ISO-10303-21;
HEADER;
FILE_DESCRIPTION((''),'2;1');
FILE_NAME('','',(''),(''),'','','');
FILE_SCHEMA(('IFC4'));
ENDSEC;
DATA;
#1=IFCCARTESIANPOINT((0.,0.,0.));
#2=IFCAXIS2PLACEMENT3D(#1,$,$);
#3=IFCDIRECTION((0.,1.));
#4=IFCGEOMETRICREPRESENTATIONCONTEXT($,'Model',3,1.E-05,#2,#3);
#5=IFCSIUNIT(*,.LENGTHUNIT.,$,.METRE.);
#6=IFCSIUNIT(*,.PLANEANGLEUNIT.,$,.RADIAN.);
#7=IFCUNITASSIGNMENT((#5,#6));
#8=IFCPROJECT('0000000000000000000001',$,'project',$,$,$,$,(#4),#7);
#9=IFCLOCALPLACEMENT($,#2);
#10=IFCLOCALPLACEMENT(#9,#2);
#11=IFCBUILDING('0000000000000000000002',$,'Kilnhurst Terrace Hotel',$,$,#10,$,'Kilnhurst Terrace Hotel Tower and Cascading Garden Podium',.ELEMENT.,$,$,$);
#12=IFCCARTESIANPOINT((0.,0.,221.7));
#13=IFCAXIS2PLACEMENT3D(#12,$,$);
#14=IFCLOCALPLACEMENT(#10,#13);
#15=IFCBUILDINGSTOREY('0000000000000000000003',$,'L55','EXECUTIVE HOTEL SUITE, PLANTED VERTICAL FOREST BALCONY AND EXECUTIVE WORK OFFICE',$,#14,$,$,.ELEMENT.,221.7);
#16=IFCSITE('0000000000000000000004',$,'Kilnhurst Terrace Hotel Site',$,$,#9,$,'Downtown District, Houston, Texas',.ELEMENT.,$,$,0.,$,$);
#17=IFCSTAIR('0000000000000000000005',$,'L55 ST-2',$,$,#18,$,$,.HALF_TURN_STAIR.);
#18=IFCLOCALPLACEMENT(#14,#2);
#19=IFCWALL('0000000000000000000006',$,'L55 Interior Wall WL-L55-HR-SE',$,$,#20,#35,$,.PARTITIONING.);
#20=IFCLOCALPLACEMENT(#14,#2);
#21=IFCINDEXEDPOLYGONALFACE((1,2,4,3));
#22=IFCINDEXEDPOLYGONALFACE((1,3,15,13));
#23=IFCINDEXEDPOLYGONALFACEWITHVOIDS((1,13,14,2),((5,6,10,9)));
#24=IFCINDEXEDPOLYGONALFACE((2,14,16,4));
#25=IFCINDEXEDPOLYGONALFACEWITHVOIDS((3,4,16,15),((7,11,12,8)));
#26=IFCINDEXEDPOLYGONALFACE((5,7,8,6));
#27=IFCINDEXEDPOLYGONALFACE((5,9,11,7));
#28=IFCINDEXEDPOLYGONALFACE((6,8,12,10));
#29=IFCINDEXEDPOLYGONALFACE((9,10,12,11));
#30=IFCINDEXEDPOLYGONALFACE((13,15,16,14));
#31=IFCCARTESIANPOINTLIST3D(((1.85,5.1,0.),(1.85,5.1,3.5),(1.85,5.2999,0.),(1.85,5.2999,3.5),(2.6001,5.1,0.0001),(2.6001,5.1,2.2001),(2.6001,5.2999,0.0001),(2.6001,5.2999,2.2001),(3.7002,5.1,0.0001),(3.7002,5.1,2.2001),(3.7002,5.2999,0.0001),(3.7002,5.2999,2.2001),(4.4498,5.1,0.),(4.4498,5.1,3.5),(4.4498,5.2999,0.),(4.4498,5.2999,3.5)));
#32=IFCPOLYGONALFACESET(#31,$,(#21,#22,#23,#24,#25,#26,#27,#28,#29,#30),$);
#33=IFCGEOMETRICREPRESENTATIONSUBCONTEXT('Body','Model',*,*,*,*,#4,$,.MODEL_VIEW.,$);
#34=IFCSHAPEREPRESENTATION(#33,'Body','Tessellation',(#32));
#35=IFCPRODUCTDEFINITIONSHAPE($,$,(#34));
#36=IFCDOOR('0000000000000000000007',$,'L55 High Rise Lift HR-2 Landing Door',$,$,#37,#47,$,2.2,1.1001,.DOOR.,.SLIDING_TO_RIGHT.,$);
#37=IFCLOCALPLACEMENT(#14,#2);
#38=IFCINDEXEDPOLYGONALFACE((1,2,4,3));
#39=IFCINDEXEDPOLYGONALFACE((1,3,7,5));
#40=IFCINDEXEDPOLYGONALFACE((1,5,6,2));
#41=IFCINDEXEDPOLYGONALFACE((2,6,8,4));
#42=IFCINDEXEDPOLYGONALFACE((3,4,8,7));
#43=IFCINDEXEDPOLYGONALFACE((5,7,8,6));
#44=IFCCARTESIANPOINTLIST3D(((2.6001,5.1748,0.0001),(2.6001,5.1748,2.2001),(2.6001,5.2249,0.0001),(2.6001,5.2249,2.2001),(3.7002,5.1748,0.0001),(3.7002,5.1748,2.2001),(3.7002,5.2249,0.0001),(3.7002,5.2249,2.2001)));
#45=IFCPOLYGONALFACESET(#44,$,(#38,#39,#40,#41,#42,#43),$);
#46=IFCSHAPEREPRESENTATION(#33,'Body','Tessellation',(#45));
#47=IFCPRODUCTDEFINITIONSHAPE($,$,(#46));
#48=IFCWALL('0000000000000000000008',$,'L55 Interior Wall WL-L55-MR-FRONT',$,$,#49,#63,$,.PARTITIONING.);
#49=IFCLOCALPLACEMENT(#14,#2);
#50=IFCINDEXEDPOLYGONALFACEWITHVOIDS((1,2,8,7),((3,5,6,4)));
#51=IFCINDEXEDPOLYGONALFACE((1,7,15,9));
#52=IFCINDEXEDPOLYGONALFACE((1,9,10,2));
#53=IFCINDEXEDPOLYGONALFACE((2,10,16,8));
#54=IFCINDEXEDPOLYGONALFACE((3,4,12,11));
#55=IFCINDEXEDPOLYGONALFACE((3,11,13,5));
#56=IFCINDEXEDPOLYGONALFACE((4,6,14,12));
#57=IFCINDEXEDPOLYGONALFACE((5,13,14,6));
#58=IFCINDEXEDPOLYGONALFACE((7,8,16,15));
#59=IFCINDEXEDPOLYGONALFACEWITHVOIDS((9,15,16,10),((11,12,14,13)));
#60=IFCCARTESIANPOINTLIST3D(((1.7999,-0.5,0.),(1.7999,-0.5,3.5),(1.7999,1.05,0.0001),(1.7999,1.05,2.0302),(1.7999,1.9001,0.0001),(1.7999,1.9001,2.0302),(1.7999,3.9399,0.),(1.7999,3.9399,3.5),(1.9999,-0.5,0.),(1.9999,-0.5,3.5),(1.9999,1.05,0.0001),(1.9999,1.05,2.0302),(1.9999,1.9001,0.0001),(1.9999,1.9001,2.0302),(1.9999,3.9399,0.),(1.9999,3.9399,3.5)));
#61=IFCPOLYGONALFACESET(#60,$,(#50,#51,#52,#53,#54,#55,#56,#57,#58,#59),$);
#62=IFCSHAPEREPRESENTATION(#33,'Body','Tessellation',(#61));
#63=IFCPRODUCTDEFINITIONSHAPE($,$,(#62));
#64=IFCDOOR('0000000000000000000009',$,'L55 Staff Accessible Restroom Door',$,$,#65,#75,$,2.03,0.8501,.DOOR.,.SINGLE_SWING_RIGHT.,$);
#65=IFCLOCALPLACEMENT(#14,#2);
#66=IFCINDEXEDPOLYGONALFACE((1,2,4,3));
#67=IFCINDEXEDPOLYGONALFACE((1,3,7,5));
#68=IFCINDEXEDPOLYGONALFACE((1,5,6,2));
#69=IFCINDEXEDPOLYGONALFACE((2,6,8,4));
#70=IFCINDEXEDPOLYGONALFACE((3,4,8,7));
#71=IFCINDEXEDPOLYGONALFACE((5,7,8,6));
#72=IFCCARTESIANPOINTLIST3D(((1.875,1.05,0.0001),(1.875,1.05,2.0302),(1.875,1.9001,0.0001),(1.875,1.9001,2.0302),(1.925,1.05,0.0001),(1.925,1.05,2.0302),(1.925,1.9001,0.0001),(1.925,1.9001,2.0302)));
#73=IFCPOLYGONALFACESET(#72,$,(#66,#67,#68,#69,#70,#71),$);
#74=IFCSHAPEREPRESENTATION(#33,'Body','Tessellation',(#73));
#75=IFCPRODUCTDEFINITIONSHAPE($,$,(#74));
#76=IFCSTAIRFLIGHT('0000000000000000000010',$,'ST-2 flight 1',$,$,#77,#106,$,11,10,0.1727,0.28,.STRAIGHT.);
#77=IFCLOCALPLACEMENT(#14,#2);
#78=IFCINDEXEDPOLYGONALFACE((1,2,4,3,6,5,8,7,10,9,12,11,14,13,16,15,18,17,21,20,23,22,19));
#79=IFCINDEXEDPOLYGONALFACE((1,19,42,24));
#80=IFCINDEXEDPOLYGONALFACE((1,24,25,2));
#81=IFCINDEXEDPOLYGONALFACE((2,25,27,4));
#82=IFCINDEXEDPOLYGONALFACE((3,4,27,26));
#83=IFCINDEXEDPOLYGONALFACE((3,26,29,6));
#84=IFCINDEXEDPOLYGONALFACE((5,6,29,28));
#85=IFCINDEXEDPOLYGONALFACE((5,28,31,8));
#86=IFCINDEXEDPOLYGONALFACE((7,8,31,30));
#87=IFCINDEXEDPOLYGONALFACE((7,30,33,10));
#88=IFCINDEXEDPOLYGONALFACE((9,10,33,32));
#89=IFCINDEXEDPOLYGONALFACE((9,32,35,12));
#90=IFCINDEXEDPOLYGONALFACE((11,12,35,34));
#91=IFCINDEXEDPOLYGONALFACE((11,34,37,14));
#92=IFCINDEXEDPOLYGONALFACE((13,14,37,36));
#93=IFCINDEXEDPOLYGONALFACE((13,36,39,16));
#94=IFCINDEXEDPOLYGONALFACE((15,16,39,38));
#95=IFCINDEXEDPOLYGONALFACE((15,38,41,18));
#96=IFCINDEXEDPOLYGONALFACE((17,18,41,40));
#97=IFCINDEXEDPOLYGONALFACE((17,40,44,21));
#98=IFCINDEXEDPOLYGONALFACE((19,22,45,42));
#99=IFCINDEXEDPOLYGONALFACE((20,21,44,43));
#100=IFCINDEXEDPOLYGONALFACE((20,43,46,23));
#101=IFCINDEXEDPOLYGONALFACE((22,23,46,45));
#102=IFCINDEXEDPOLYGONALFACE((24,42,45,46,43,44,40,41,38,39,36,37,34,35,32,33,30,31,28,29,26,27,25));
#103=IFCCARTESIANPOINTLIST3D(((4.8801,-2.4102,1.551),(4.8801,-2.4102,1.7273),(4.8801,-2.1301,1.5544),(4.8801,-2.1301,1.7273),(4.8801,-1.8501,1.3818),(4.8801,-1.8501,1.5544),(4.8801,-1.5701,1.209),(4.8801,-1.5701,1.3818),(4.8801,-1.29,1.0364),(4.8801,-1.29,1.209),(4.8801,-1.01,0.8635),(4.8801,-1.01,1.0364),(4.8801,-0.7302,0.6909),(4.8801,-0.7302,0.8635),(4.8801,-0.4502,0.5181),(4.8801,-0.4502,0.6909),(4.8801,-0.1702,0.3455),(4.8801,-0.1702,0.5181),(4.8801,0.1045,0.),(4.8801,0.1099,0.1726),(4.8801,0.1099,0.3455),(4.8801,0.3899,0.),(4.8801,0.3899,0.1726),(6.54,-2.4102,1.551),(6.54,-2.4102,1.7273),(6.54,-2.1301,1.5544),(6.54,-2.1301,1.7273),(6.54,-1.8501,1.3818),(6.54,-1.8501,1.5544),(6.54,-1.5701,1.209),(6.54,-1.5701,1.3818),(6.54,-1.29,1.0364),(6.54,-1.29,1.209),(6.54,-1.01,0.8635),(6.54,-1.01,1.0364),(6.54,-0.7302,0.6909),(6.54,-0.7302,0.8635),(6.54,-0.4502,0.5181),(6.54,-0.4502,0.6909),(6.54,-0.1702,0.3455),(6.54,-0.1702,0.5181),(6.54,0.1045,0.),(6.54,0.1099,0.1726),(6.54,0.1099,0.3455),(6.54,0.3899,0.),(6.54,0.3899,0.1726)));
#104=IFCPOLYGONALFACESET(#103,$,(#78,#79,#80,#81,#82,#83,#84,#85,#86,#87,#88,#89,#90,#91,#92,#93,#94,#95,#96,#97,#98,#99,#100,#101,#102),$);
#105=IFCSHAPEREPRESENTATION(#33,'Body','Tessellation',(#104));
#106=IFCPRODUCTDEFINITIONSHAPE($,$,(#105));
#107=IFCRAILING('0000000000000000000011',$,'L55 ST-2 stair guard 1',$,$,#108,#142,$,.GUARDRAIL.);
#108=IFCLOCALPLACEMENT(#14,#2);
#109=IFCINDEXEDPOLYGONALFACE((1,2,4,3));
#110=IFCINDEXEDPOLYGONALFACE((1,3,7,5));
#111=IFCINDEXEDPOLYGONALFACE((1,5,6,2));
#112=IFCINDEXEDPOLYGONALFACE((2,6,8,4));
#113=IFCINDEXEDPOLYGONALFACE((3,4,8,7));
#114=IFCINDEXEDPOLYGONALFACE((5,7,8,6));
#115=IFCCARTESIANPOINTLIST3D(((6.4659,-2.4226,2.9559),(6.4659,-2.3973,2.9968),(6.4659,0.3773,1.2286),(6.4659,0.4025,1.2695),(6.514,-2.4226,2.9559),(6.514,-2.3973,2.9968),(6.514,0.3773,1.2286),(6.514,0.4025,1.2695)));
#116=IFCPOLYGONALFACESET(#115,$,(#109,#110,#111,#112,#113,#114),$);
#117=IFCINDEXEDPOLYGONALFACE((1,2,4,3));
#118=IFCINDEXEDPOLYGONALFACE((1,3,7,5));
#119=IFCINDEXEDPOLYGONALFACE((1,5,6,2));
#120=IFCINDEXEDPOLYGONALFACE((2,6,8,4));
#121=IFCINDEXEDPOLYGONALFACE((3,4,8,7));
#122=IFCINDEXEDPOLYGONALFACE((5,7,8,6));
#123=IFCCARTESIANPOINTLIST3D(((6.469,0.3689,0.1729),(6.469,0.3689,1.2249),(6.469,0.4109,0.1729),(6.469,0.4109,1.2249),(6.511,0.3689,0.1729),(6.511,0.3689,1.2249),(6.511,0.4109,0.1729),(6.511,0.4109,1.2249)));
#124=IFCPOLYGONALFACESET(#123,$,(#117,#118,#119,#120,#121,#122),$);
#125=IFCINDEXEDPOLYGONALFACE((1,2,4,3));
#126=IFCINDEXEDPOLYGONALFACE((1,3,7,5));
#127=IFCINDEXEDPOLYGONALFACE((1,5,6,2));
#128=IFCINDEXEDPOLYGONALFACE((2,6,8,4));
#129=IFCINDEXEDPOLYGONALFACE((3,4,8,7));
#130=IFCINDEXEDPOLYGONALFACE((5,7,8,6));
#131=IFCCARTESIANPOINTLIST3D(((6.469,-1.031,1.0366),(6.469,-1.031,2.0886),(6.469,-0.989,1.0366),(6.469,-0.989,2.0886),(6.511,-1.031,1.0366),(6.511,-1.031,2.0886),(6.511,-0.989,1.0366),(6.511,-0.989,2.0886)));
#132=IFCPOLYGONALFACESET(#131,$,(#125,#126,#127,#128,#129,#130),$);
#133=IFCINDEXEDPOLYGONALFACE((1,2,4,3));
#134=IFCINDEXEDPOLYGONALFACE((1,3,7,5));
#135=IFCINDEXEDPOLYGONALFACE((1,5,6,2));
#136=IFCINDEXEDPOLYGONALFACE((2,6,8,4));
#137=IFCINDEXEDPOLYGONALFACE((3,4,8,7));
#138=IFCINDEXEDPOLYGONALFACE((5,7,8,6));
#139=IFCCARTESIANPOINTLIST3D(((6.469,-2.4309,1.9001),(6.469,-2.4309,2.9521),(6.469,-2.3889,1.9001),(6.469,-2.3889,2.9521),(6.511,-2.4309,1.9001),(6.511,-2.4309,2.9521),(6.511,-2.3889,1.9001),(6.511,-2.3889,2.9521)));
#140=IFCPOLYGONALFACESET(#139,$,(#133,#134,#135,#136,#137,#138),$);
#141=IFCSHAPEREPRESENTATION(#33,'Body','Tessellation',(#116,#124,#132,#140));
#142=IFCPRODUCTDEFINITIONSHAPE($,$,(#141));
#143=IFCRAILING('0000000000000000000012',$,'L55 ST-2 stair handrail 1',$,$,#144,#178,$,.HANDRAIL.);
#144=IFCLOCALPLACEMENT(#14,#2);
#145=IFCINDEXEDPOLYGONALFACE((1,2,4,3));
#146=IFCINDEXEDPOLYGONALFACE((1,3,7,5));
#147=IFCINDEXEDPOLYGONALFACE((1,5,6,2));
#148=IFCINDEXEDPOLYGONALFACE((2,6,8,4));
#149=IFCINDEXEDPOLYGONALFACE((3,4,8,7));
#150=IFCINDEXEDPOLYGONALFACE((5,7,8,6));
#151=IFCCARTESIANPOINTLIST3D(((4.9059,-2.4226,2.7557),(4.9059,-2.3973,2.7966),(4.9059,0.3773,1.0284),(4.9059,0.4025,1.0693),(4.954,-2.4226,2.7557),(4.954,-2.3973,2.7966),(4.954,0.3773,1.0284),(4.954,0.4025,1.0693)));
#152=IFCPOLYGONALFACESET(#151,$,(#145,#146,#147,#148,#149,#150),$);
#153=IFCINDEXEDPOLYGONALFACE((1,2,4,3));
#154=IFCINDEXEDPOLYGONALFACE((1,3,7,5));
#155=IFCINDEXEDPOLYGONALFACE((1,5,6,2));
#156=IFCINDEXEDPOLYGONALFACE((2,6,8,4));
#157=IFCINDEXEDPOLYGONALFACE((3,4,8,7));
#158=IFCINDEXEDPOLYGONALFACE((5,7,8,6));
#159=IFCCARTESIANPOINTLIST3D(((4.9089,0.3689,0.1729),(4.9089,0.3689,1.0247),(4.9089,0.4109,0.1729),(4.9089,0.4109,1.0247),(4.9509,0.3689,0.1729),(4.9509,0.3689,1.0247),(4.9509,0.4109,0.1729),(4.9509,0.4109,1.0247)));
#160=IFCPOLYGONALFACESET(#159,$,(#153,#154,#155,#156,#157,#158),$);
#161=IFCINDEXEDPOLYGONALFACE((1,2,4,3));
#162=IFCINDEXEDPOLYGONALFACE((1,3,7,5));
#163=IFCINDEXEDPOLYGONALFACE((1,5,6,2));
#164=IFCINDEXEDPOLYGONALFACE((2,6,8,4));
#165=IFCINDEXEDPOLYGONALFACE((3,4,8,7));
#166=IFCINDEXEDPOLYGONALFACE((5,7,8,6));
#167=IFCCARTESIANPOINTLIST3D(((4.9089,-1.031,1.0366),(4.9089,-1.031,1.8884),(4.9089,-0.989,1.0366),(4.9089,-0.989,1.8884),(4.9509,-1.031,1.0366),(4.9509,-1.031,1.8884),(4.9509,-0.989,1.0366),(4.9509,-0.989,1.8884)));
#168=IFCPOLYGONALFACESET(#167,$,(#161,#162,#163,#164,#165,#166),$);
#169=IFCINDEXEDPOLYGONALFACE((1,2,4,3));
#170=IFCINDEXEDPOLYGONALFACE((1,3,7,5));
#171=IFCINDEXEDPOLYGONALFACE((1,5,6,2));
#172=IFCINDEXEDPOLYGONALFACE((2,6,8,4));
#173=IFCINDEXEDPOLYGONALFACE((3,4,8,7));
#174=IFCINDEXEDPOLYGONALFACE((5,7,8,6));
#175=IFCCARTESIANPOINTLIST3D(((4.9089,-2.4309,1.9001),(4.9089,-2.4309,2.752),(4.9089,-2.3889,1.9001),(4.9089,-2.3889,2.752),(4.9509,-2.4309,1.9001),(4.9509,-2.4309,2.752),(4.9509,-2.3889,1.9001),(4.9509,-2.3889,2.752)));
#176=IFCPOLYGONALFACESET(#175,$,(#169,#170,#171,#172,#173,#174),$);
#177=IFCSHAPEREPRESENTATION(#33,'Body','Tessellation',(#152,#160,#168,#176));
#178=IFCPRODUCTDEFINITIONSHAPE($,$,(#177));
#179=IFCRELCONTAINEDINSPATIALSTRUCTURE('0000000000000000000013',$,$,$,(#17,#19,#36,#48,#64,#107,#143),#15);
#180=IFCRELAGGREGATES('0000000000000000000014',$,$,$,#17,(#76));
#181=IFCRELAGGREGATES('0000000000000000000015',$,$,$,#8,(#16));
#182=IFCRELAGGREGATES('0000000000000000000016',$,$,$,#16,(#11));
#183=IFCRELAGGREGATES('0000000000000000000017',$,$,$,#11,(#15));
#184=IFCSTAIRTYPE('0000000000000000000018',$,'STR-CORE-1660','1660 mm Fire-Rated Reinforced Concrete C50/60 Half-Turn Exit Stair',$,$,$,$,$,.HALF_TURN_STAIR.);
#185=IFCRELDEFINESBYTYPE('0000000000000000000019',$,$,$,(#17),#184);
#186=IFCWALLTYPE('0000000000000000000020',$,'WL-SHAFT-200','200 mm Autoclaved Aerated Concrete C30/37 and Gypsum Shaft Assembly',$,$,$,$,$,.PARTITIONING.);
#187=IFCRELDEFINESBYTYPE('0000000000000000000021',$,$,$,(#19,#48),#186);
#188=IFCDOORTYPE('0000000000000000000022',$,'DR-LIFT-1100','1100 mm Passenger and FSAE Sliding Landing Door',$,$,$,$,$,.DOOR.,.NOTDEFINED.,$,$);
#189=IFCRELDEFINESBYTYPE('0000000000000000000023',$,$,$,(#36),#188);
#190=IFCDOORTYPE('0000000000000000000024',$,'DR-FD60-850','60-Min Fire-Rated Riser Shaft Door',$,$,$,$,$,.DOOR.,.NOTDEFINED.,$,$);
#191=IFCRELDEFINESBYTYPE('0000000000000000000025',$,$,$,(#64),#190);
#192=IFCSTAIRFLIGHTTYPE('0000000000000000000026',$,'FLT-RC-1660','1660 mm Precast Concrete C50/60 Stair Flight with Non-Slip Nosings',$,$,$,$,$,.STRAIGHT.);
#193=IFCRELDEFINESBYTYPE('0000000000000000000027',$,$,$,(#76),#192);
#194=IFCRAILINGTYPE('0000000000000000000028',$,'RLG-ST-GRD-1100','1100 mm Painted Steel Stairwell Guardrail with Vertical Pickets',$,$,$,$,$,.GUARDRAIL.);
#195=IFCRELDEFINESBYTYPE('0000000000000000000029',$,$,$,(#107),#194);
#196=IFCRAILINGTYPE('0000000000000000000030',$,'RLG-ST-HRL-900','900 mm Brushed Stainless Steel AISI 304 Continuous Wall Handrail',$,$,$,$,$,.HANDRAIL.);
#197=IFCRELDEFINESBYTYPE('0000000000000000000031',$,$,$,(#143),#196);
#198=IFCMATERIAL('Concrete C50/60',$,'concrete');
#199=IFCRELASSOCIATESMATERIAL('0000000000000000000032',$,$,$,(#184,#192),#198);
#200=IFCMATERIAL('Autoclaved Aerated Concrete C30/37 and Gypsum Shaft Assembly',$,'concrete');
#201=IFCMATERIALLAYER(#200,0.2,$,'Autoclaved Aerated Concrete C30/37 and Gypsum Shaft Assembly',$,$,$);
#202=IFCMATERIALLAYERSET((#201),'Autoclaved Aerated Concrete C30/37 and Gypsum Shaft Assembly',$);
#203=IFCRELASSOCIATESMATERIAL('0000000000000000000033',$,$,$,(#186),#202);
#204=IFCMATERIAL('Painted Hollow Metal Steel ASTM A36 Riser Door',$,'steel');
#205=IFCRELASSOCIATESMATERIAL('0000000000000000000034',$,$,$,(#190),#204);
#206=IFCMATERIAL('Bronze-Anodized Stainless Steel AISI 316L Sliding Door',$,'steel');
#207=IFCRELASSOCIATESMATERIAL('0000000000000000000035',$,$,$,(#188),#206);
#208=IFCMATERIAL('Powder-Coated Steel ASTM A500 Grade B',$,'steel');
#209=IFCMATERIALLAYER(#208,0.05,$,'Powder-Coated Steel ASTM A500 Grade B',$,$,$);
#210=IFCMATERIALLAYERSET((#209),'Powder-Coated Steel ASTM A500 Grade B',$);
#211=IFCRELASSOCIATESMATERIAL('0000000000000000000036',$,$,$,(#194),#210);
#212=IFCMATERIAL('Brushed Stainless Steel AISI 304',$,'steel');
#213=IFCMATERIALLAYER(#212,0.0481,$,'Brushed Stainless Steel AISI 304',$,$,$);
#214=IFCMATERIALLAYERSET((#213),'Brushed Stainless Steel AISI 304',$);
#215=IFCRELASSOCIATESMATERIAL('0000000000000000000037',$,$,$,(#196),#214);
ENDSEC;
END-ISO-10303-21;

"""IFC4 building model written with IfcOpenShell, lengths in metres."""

from ifc_helpers import new_model, si_unit, direction, frame, frame_2d, origin, origin_2d, place, context, subcontext, project, spatial, polyline, rectangle, outline, extrude, material, layer, layer_set, type_object, element, fill, aggregate, save


model = new_model("IFC4")

# Units and contexts
model_context = context("Model", 3, precision=1e-05, world=origin(), true_north=direction((0.0, 1.0)))
body_context = subcontext(model_context, "Body", "Model", "MODEL_VIEW")
ifc_project = project(units=[si_unit("LENGTHUNIT", "METRE"), si_unit("PLANEANGLEUNIT", "RADIAN")], contexts=[model_context])

# Site, building, storey
site_placement = place(None, origin())
site = spatial("IfcSite", under=ifc_project, at=site_placement, Name="Kilnhurst Terrace Hotel Site", LongName="Downtown District, Houston, Texas", CompositionType="ELEMENT", RefElevation=0.0)
building_placement = place(site_placement, origin())
building = spatial("IfcBuilding", under=site, at=building_placement, Name="Kilnhurst Terrace Hotel", LongName="Kilnhurst Terrace Hotel Tower and Cascading Garden Podium", CompositionType="ELEMENT")
storey_placement = place(building_placement, frame((0.0, 0.0, 221.7)))
storey = spatial("IfcBuildingStorey", under=building, at=storey_placement, Name="L55", Description="EXECUTIVE HOTEL SUITE, PLANTED VERTICAL FOREST BALCONY AND EXECUTIVE WORK OFFICE", CompositionType="ELEMENT", Elevation=221.7)

# Shared definitions
ifc_material_1 = material(Name="Concrete C50/60", Category="concrete")

# Stair
stair_type = type_object("IfcStairType", Name="STR-CORE-1660", Description="1660 mm Fire-Rated Reinforced Concrete C50/60 Half-Turn Exit Stair", PredefinedType="HALF_TURN_STAIR", material=ifc_material_1)
stair_1_placement = place(storey_placement, origin())
stair_1 = element("IfcStair", 1, at=stair_1_placement, inside=storey, type_object=stair_type, Name="L55 ST-2", PredefinedType="HALF_TURN_STAIR")

# Shared definitions
ifc_material_2 = material(Name="Autoclaved Aerated Concrete C30/37 and Gypsum Shaft Assembly", Category="concrete")
ifc_layer_1 = layer(ifc_material_2, 0.2, Name="Autoclaved Aerated Concrete C30/37 and Gypsum Shaft Assembly")
ifc_layer_set_1 = layer_set([ifc_layer_1], Name="Autoclaved Aerated Concrete C30/37 and Gypsum Shaft Assembly")
wall_type_1 = type_object("IfcWallType", Name="WL-SHAFT-200", Description="200 mm Autoclaved Aerated Concrete C30/37 and Gypsum Shaft Assembly", PredefinedType="PARTITIONING", material=ifc_layer_set_1)
ifc_material_3 = material(Name="Painted Hollow Metal Steel ASTM A36 Riser Door", Category="steel")
door_type_1 = type_object("IfcDoorType", Name="DR-FD60-850", Description="60-Min Fire-Rated Riser Shaft Door", OperationType="NOTDEFINED", PredefinedType="DOOR", material=ifc_material_3)
ifc_material_4 = material(Name="Bronze-Anodized Stainless Steel AISI 316L Sliding Door", Category="steel")
door_type_2 = type_object("IfcDoorType", Name="DR-LIFT-1100", Description="1100 mm Passenger and FSAE Sliding Landing Door", OperationType="NOTDEFINED", PredefinedType="DOOR", material=ifc_material_4)

# Walls, openings, doors
wall_1_placement = place(storey_placement, frame((1.8501, 5.2, 0.0), z_axis=(0.0, 0.0, 1.0), x_axis=(1.0, 0.0, 0.0)))
wall_1 = element("IfcWall", 2, at=wall_1_placement, inside=storey, type_object=wall_type_1, Name="L55 Interior Wall WL-L55-HR-SE", PredefinedType="PARTITIONING", context=body_context, shape_type="SweptSolid", body=[
    extrude(rectangle(XDim=2.5999, YDim=0.2, at=frame_2d((1.2998, 0.0))), origin(), (0.0, 0.0, 1.0), 3.5),
])
opening_1_placement = place(wall_1_placement, frame((0.75, 0.0, 0.0)))
opening_1 = element("IfcOpeningElement", 3, at=opening_1_placement, cuts=wall_1, PredefinedType="OPENING", context=body_context, shape_type="SweptSolid", body=[
    extrude(rectangle(XDim=1.1001, YDim=2.2, at=frame_2d((0.55, 1.1001))), frame((0.0, 0.1099, 0.0), z_axis=(0.0, -1.0, 0.0), x_axis=(1.0, 0.0, 0.0)), (0.0, 0.0, 1.0), 0.22),
])
door_1_placement = place(opening_1_placement, origin())
door_1 = element("IfcDoor", 4, at=door_1_placement, inside=storey, type_object=door_type_2, Name="L55 High Rise Lift HR-2 Landing Door", OperationType="SLIDING_TO_RIGHT", OverallHeight=2.2, OverallWidth=1.1001, PredefinedType="DOOR", context=body_context, shape_type="SweptSolid", body=[
    extrude(rectangle(XDim=1.1001, YDim=2.2, at=frame_2d((0.55, 1.1001))), frame((0.0, 0.0249, 0.0), z_axis=(0.0, -1.0, 0.0), x_axis=(1.0, 0.0, 0.0)), (0.0, 0.0, 1.0), 0.05),
])
fill(opening_1, door_1)
wall_2_placement = place(storey_placement, frame((1.8999, -0.5, 0.0), z_axis=(0.0, 0.0, 1.0), x_axis=(0.0, 1.0, 0.0)))
wall_2 = element("IfcWall", 5, at=wall_2_placement, inside=storey, type_object=wall_type_1, Name="L55 Interior Wall WL-L55-MR-FRONT", PredefinedType="PARTITIONING", context=body_context, shape_type="SweptSolid", body=[
    extrude(rectangle(XDim=4.4399, YDim=0.2, at=frame_2d((2.22, 0.0))), origin(), (0.0, 0.0, 1.0), 3.5),
])
opening_2_placement = place(wall_2_placement, frame((1.55, 0.0, 0.0)))
opening_2 = element("IfcOpeningElement", 6, at=opening_2_placement, cuts=wall_2, PredefinedType="OPENING", context=body_context, shape_type="SweptSolid", body=[
    extrude(rectangle(XDim=0.8501, YDim=2.03, at=frame_2d((0.425, 1.0151))), frame((0.0, 0.1099, 0.0), z_axis=(0.0, -1.0, 0.0), x_axis=(1.0, 0.0, 0.0)), (0.0, 0.0, 1.0), 0.22),
])
door_2_placement = place(opening_2_placement, origin())
door_2 = element("IfcDoor", 7, at=door_2_placement, inside=storey, type_object=door_type_1, Name="L55 Staff Accessible Restroom Door", OperationType="SINGLE_SWING_RIGHT", OverallHeight=2.03, OverallWidth=0.8501, PredefinedType="DOOR", context=body_context, shape_type="SweptSolid", body=[
    extrude(rectangle(XDim=0.8501, YDim=2.03, at=frame_2d((0.425, 1.0151))), frame((0.0, 0.0249, 0.0), z_axis=(0.0, -1.0, 0.0), x_axis=(1.0, 0.0, 0.0)), (0.0, 0.0, 1.0), 0.05),
])
fill(opening_2, door_2)

# Stair flight
stair_flight_type = type_object("IfcStairFlightType", Name="FLT-RC-1660", Description="1660 mm Precast Concrete C50/60 Stair Flight with Non-Slip Nosings", PredefinedType="STRAIGHT", material=ifc_material_1)
stair_flight_placement = place(storey_placement, frame((5.71, 0.3899, 0.0), z_axis=(0.0, 0.0, 1.0), x_axis=(0.0, -1.0, 0.0)))
stair_flight = element("IfcStairFlight", 8, at=stair_flight_placement, type_object=stair_flight_type, Name="ST-2 flight 1", NumberOfRisers=11, NumberOfTreads=10, PredefinedType="STRAIGHT", RiserHeight=0.1727, TreadLength=0.28, context=body_context, shape_type="SweptSolid", body=[
    extrude(outline(polyline([(0.0, 0.0), (0.0, 0.1726), (0.28, 0.1726), (0.28, 0.3455), (0.5601, 0.3455), (0.5601, 0.5181), (0.8401, 0.5181), (0.8401, 0.6909), (1.1201, 0.6909), (1.1201, 0.8635), (1.3999, 0.8635), (1.3999, 1.0364), (1.6799, 1.0364), (1.6799, 1.209), (1.96, 1.209), (1.96, 1.3818), (2.24, 1.3818), (2.24, 1.5544), (2.52, 1.5544), (2.52, 1.7273), (2.8, 1.7273), (2.8, 1.8999), (2.8, 1.551), (0.2854, 0.0), (0.0, 0.0)])), frame((0.0, 0.8301, 0.0), z_axis=(0.0, -1.0, 0.0), x_axis=(1.0, 0.0, 0.0)), (0.0, 0.0, 1.0), 1.6599),
])
aggregate(stair_1, [stair_flight])

# Railings
ifc_material_5 = material(Name="Powder-Coated Steel ASTM A500 Grade B", Category="steel")
ifc_layer_2 = layer(ifc_material_5, 0.05, Name="Powder-Coated Steel ASTM A500 Grade B")
ifc_layer_set_2 = layer_set([ifc_layer_2], Name="Powder-Coated Steel ASTM A500 Grade B")
railing_type_1 = type_object("IfcRailingType", Name="RLG-ST-GRD-1100", Description="1100 mm Painted Steel Stairwell Guardrail with Vertical Pickets", PredefinedType="GUARDRAIL", material=ifc_layer_set_2)
railing_1_placement = place(storey_placement, frame((6.49, 0.3899, 0.1729)))
element("IfcRailing", 9, at=railing_1_placement, inside=storey, type_object=railing_type_1, Name="L55 ST-2 stair guard 1", PredefinedType="GUARDRAIL", context=body_context, shape_type="SweptSolid", body=[
    extrude(rectangle(XDim=0.0481, YDim=0.0481, at=origin_2d()), frame((0.0, 0.0, 1.0762), z_axis=(0.0, -0.851069, 0.525054), x_axis=(1.0, 0.0, 0.0)), (0.0, 0.0, 1.0), 3.2898),
    extrude(rectangle(XDim=0.042, YDim=0.042, at=origin_2d()), origin(), (0.0, 0.0, 1.0), 1.052),
    extrude(rectangle(XDim=0.042, YDim=0.042, at=origin_2d()), frame((0.0, -1.3999, 0.8638)), (0.0, 0.0, 1.0), 1.052),
    extrude(rectangle(XDim=0.042, YDim=0.042, at=origin_2d()), frame((0.0, -2.7998, 1.7273)), (0.0, 0.0, 1.0), 1.052),
])
ifc_material_6 = material(Name="Brushed Stainless Steel AISI 304", Category="steel")
ifc_layer_3 = layer(ifc_material_6, 0.0481, Name="Brushed Stainless Steel AISI 304")
ifc_layer_set_3 = layer_set([ifc_layer_3], Name="Brushed Stainless Steel AISI 304")
railing_type_2 = type_object("IfcRailingType", Name="RLG-ST-HRL-900", Description="900 mm Brushed Stainless Steel AISI 304 Continuous Wall Handrail", PredefinedType="HANDRAIL", material=ifc_layer_set_3)
railing_2_placement = place(storey_placement, frame((4.9299, 0.3899, 0.1729)))
element("IfcRailing", 10, at=railing_2_placement, inside=storey, type_object=railing_type_2, Name="L55 ST-2 stair handrail 1", PredefinedType="HANDRAIL", context=body_context, shape_type="SweptSolid", body=[
    extrude(rectangle(XDim=0.0481, YDim=0.0481, at=origin_2d()), frame((0.0, 0.0, 0.876), z_axis=(0.0, -0.851069, 0.525054), x_axis=(1.0, 0.0, 0.0)), (0.0, 0.0, 1.0), 3.2898),
    extrude(rectangle(XDim=0.042, YDim=0.042, at=origin_2d()), origin(), (0.0, 0.0, 1.0), 0.8518),
    extrude(rectangle(XDim=0.042, YDim=0.042, at=origin_2d()), frame((0.0, -1.3999, 0.8638)), (0.0, 0.0, 1.0), 0.8518),
    extrude(rectangle(XDim=0.042, YDim=0.042, at=origin_2d()), frame((0.0, -2.7998, 1.7273)), (0.0, 0.0, 1.0), 0.8518),
])

save(model, "model.ifc")
